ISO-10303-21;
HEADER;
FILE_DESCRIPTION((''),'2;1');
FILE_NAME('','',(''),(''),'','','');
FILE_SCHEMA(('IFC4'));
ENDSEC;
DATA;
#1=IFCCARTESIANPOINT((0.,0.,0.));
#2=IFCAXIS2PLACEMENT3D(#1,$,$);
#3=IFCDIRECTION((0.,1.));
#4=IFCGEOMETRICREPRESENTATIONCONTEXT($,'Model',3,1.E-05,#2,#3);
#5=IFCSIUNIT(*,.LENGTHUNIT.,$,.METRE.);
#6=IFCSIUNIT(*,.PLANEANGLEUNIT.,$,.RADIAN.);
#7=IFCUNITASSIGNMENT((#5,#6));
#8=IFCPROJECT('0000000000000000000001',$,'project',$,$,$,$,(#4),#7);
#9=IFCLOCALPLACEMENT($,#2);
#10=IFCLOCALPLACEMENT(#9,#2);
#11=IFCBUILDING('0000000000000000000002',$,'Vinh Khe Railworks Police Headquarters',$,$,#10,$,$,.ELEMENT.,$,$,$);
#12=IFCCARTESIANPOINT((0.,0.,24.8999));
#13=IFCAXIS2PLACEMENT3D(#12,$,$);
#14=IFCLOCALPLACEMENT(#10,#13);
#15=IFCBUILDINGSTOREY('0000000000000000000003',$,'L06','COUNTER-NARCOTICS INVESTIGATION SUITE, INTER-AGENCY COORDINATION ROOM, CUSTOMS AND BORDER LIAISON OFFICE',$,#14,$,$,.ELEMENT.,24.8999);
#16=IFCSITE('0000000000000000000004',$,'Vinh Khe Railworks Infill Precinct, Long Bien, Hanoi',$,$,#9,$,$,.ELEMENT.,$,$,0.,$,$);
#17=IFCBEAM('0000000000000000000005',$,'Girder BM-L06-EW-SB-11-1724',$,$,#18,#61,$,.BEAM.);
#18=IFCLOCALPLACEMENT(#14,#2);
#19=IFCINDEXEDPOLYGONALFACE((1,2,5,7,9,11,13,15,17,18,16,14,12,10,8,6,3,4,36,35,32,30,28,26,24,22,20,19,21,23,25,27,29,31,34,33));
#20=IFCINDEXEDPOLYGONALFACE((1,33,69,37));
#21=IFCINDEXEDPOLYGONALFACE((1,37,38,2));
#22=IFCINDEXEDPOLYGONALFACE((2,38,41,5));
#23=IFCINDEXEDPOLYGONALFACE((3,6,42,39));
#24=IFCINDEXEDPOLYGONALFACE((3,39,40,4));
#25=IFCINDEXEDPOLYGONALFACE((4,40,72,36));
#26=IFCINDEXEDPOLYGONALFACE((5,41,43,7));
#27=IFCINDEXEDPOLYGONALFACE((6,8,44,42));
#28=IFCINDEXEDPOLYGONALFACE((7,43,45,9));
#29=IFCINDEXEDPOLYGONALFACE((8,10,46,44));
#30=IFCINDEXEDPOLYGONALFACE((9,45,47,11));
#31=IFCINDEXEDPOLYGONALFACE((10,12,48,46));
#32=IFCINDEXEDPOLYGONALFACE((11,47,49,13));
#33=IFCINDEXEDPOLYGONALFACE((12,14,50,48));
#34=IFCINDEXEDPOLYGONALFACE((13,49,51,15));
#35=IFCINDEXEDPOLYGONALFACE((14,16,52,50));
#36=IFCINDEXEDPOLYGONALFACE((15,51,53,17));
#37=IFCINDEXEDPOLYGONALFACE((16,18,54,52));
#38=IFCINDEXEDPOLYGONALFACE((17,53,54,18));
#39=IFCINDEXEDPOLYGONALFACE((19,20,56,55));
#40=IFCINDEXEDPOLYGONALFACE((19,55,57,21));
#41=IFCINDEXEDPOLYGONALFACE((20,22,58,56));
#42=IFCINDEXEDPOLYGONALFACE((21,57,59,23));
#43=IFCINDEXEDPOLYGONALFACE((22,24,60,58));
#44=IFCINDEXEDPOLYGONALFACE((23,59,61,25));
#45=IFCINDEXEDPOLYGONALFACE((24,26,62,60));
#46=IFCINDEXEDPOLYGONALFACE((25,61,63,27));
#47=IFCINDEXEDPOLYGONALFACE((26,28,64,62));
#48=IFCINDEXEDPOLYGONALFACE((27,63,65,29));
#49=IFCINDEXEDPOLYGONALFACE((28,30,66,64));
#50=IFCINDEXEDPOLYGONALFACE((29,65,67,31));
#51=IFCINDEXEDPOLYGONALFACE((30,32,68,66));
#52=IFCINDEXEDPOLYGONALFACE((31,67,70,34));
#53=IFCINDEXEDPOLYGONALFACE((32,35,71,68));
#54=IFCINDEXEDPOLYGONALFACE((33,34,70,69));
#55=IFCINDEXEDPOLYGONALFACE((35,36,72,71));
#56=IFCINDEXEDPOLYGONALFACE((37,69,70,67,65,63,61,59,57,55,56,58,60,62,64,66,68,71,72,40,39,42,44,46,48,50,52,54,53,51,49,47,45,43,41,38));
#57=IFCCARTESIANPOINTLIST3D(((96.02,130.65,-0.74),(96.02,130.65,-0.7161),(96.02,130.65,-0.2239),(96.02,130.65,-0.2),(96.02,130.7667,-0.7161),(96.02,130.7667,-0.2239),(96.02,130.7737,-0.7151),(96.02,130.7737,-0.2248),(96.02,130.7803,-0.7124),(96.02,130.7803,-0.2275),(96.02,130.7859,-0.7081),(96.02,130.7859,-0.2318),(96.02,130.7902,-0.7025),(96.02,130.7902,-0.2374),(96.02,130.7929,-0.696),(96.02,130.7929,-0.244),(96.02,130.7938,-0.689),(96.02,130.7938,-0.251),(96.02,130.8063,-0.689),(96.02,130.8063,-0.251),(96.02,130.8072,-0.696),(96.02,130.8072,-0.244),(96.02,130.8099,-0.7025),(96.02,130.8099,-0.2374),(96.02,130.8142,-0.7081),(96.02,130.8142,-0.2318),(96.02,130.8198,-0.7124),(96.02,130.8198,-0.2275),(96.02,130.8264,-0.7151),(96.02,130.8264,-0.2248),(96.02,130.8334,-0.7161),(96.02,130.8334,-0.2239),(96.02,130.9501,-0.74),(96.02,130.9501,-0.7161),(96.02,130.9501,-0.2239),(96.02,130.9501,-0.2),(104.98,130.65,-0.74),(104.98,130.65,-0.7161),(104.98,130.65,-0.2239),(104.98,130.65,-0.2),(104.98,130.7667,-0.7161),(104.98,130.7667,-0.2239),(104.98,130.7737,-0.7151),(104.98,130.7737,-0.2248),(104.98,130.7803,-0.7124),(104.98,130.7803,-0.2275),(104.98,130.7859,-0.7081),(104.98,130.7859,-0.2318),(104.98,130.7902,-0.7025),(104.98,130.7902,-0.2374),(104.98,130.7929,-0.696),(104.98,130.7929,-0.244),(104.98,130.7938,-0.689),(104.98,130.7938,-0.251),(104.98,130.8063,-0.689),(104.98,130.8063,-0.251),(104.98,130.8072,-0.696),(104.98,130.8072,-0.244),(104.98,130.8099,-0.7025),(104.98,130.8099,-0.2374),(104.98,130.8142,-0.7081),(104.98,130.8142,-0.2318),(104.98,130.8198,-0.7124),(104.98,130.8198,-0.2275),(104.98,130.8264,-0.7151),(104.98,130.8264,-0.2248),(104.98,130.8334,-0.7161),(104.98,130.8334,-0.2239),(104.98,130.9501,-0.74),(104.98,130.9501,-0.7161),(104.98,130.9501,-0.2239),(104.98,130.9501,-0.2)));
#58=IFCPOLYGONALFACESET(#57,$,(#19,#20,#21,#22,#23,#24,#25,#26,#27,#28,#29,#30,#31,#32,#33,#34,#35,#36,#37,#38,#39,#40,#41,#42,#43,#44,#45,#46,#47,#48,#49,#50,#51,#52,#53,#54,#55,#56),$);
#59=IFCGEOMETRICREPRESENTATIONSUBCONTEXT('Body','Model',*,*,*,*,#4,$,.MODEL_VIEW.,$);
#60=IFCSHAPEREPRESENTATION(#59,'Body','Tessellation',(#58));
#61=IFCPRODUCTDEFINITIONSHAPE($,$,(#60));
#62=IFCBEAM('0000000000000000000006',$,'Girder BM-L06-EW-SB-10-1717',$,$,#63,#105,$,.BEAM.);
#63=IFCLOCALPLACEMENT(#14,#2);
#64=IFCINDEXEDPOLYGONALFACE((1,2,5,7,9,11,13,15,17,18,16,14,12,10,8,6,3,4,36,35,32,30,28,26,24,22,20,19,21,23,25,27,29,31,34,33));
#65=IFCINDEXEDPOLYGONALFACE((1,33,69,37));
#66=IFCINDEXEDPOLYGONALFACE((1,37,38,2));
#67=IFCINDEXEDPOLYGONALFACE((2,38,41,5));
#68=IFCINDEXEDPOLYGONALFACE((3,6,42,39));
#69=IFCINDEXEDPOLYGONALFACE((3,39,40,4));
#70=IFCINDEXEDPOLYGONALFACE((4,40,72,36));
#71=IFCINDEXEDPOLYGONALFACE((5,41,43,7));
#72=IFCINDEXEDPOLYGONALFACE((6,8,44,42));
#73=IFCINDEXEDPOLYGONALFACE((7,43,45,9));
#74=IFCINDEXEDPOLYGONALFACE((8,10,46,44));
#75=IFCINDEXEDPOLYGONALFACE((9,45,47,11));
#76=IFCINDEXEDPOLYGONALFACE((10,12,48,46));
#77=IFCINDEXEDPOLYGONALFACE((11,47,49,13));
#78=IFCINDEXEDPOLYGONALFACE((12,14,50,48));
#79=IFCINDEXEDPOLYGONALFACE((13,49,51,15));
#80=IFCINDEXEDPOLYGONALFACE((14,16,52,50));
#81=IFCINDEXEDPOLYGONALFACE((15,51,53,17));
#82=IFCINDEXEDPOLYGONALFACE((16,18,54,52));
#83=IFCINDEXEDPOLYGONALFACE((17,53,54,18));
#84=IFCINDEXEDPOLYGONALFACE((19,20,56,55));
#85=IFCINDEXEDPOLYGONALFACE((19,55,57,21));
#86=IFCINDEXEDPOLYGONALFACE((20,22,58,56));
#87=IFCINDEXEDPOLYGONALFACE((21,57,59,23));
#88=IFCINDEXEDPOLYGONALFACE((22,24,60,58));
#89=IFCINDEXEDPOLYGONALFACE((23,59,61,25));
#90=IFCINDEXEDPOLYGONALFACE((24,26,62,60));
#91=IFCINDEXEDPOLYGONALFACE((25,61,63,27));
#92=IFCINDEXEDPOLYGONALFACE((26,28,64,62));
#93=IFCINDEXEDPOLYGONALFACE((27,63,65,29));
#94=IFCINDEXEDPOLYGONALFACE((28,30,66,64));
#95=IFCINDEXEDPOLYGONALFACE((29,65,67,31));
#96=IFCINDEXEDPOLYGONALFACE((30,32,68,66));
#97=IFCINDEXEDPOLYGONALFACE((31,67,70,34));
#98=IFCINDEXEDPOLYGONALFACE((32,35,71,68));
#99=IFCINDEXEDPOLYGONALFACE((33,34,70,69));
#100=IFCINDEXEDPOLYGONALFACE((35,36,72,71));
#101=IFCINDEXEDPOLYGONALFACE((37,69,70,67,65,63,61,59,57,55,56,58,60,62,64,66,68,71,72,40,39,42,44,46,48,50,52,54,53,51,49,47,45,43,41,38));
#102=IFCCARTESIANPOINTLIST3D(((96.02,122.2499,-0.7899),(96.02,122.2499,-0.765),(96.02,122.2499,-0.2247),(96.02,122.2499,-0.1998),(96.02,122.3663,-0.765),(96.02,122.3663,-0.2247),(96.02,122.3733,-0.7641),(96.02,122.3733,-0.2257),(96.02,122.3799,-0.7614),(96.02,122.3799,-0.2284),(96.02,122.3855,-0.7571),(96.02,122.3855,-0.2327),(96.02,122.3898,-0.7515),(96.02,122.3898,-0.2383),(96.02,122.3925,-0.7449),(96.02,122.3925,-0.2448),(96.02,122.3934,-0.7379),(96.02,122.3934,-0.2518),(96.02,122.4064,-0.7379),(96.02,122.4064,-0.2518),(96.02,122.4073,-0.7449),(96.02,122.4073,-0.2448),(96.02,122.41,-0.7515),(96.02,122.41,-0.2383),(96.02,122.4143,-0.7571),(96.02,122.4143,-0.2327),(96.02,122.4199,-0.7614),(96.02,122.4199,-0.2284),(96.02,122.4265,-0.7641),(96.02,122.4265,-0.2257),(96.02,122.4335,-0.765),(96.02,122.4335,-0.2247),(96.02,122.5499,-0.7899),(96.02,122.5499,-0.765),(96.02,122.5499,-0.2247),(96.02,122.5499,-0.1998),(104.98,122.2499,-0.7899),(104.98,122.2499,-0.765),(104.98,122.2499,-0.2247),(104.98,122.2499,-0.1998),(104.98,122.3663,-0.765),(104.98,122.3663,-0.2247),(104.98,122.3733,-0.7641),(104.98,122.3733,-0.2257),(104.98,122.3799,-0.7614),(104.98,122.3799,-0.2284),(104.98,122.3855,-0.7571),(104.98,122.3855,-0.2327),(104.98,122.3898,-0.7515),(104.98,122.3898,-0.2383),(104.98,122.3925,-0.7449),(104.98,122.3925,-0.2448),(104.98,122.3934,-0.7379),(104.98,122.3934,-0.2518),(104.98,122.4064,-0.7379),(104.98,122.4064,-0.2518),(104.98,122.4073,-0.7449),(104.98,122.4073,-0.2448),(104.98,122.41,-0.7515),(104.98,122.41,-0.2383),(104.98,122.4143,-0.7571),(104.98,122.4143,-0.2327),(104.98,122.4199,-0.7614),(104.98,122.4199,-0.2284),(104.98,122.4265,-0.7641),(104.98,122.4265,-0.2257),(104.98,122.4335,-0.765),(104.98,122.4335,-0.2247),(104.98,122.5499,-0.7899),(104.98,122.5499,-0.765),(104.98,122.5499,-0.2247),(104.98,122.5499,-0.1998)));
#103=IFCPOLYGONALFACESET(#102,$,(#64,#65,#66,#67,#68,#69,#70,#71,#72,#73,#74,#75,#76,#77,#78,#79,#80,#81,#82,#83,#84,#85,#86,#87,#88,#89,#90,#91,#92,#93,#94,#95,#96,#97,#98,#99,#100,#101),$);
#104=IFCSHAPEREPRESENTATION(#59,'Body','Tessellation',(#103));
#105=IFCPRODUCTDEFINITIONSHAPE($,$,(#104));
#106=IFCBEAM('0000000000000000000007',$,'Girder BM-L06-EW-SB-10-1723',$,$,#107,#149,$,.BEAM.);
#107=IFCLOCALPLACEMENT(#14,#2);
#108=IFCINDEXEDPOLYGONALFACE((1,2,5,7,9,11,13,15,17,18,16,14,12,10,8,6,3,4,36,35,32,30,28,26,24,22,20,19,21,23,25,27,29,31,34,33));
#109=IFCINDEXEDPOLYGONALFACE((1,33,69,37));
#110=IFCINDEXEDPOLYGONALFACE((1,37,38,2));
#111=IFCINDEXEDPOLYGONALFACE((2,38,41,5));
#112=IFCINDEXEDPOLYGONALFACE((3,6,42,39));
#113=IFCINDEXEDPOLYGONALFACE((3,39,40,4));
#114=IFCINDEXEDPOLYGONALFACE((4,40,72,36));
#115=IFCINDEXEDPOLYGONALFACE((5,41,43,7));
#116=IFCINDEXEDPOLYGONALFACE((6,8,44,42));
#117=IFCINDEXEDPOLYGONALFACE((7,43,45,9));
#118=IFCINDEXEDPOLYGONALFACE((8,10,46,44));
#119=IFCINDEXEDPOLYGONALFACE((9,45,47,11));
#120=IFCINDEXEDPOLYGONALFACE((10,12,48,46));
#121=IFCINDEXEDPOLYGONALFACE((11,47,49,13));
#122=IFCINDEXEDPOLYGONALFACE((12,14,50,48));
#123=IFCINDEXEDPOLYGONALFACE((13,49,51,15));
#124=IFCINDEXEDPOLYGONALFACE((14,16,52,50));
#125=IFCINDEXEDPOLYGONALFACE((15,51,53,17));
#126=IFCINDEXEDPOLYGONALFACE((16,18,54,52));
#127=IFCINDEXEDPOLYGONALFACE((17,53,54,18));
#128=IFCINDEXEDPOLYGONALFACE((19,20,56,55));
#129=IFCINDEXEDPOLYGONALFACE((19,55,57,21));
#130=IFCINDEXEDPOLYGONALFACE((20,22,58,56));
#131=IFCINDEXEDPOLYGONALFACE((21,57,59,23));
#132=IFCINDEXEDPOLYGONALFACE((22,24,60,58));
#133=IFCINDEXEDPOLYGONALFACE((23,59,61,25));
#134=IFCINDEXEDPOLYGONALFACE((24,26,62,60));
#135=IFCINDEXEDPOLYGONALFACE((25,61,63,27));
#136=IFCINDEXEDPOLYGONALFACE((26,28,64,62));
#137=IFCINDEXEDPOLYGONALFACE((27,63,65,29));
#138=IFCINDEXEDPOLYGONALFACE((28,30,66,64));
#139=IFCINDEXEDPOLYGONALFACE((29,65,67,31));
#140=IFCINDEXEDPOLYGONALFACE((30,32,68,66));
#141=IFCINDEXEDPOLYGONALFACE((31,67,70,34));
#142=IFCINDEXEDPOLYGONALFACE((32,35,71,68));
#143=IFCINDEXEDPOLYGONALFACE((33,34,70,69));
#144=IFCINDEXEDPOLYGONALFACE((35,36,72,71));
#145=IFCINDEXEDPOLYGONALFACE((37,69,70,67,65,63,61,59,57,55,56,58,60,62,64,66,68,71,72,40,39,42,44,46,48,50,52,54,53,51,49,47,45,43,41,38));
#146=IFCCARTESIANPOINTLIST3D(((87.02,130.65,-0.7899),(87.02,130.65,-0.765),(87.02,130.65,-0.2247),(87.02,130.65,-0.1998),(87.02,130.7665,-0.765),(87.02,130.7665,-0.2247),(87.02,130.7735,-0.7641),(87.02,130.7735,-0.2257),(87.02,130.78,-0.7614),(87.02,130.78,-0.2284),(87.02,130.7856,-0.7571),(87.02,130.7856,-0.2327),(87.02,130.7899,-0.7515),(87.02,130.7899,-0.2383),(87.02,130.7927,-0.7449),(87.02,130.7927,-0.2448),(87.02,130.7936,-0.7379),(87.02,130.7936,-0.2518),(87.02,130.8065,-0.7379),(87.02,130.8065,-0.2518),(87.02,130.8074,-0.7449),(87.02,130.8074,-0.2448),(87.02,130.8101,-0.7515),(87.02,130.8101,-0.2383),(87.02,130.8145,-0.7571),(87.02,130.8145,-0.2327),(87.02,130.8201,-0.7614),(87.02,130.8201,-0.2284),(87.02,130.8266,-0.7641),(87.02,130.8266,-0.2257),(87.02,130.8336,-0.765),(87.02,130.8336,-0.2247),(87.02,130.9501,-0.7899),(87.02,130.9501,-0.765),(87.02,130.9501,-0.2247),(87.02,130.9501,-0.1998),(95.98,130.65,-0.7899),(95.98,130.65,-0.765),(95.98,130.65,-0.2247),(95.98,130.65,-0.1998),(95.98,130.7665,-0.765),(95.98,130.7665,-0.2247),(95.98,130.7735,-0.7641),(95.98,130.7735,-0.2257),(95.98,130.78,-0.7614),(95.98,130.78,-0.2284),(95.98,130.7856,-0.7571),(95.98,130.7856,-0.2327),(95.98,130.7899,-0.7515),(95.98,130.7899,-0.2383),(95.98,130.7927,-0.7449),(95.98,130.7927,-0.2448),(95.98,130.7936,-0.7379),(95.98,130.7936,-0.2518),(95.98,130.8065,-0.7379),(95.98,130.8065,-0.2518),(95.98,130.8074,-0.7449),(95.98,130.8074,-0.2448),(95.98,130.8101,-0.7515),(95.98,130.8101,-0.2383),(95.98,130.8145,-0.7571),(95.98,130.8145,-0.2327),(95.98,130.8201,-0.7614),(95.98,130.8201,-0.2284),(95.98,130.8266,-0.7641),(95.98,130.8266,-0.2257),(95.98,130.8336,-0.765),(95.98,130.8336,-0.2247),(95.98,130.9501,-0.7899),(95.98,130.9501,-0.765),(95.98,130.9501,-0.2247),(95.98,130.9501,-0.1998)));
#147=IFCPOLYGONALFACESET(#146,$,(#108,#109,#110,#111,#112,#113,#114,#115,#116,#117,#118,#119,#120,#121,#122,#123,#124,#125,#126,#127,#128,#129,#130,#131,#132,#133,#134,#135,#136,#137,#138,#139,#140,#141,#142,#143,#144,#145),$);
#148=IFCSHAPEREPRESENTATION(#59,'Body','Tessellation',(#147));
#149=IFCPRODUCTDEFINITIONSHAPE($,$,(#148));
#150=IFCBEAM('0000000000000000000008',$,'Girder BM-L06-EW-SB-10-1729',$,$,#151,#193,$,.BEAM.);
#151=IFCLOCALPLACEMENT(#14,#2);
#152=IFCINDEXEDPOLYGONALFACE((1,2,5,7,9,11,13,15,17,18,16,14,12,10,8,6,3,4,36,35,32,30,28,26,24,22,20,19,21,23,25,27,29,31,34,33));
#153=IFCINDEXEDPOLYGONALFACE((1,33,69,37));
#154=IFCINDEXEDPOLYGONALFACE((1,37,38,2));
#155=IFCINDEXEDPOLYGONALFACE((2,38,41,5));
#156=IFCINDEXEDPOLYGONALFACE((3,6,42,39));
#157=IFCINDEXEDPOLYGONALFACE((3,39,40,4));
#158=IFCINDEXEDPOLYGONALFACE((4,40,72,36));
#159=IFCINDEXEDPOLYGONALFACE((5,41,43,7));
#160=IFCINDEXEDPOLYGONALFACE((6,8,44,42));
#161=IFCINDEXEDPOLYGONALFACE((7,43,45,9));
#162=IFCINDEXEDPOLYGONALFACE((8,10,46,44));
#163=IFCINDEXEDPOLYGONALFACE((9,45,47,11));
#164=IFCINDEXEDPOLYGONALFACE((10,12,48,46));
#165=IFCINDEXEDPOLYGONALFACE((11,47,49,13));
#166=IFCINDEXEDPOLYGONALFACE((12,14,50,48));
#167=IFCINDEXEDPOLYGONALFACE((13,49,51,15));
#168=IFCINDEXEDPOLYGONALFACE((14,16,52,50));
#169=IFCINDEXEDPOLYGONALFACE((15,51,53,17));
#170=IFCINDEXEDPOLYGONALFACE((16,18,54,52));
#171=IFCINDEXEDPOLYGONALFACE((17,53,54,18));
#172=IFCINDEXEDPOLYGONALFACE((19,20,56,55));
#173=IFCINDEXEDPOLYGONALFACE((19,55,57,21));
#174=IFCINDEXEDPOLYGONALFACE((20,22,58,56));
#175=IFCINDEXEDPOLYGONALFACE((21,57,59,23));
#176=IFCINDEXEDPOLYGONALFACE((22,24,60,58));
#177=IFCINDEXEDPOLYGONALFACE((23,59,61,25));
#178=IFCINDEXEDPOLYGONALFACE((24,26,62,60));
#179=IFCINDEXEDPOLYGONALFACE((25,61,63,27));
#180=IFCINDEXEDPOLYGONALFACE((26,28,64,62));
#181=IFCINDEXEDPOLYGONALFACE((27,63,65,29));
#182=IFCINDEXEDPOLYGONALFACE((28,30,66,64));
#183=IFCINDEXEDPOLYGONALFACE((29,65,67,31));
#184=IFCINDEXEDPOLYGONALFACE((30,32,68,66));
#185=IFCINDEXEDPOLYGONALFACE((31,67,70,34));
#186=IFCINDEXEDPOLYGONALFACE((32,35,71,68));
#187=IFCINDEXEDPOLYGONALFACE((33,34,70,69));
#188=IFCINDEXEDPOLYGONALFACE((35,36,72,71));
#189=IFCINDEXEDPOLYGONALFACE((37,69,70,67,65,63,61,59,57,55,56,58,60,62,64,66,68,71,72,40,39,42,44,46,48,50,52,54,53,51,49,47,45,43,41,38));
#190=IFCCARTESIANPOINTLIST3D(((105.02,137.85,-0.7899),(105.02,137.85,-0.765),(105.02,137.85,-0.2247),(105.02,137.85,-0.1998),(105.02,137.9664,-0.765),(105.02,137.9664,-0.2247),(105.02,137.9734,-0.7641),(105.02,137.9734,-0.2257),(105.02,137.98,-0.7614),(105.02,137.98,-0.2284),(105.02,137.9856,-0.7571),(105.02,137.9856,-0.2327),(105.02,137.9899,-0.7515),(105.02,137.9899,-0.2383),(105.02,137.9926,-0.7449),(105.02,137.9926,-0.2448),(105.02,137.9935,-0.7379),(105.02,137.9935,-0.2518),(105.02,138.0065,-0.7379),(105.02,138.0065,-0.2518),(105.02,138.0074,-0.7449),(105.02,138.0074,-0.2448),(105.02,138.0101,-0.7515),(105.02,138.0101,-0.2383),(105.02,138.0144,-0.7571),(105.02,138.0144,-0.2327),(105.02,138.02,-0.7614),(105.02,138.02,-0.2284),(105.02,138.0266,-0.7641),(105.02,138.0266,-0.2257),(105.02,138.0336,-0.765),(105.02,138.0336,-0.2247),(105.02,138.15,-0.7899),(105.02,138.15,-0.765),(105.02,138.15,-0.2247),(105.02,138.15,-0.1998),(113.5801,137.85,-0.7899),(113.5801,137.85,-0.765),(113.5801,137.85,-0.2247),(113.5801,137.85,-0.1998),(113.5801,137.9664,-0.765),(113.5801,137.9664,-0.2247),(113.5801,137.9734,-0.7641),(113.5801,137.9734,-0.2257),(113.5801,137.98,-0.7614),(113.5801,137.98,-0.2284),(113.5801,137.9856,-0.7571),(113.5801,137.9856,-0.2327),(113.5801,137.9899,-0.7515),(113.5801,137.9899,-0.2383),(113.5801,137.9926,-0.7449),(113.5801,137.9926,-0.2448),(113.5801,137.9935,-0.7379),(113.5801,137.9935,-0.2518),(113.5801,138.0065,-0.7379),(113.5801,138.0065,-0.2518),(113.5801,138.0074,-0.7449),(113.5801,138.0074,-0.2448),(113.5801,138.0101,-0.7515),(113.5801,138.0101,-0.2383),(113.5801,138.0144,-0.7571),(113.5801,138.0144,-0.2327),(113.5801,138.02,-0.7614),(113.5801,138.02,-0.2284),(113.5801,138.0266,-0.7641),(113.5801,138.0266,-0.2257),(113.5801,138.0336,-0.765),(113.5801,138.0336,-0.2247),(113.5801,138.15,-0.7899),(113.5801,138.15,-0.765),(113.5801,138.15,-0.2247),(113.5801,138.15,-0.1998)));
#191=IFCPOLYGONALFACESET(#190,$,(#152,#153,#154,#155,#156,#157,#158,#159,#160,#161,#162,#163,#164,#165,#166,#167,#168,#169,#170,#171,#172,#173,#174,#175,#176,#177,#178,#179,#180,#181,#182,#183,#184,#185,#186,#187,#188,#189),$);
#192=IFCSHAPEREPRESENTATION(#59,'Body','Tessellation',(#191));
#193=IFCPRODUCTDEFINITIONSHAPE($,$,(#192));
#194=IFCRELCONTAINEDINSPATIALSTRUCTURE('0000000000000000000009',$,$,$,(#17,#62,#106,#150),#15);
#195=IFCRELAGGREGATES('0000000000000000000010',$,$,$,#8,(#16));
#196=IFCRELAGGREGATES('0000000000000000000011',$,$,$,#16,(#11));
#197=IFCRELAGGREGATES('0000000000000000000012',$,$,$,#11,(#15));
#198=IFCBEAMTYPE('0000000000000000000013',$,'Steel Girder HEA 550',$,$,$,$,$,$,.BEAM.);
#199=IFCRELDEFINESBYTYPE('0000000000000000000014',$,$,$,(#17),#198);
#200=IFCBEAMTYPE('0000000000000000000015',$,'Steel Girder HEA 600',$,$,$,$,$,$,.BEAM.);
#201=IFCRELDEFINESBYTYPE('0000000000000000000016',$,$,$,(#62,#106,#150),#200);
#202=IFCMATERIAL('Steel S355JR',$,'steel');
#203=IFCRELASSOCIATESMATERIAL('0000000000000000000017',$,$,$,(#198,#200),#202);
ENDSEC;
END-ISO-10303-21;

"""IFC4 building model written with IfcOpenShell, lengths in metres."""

from ifc_helpers import new_model, si_unit, direction, frame, origin, origin_2d, place, context, subcontext, project, spatial, i_section, extrude, material, material_profile, profile_set, type_object, element, save


model = new_model("IFC4")

# Units and contexts
model_context = context("Model", 3, precision=1e-05, world=origin(), true_north=direction((0.0, 1.0)))
body_context = subcontext(model_context, "Body", "Model", "MODEL_VIEW")
ifc_project = project(units=[si_unit("LENGTHUNIT", "METRE"), si_unit("PLANEANGLEUNIT", "RADIAN")], contexts=[model_context])

# Site, building, storey
site_placement = place(None, origin())
site = spatial("IfcSite", under=ifc_project, at=site_placement, Name="Vinh Khe Railworks Infill Precinct, Long Bien, Hanoi", CompositionType="ELEMENT", RefElevation=0.0)
building_placement = place(site_placement, origin())
building = spatial("IfcBuilding", under=site, at=building_placement, Name="Vinh Khe Railworks Police Headquarters", CompositionType="ELEMENT")
storey_placement = place(building_placement, frame((0.0, 0.0, 24.8999)))
storey = spatial("IfcBuildingStorey", under=building, at=storey_placement, Name="L06", Description="COUNTER-NARCOTICS INVESTIGATION SUITE, INTER-AGENCY COORDINATION ROOM, CUSTOMS AND BORDER LIAISON OFFICE", CompositionType="ELEMENT", Elevation=24.8999)

# Beams
ifc_material_1 = material(Name="Steel S355JR", Category="steel")
ifc_material_profile_1 = material_profile(ifc_material_1, i_section(OverallWidth=0.3, OverallDepth=0.54, WebThickness=0.0125, FlangeThickness=0.0239, FilletRadius=0.0271, at=origin_2d()), Name="HEA 550")
ifc_profile_set_1 = profile_set([ifc_material_profile_1], Name="Steel S355JR")
beam_type_1 = type_object("IfcBeamType", Name="Steel Girder HEA 550", PredefinedType="BEAM", material=ifc_profile_set_1)
beam_1_placement = place(storey_placement, frame((96.02, 130.8, -0.47), z_axis=(1.0, 0.0, 0.0), x_axis=(0.0, 1.0, 0.0)))
element("IfcBeam", 1, at=beam_1_placement, inside=storey, type_object=beam_type_1, Name="Girder BM-L06-EW-SB-11-1724", PredefinedType="BEAM", context=body_context, shape_type="SweptSolid", body=[
    extrude(i_section(OverallWidth=0.3, OverallDepth=0.54, WebThickness=0.0125, FlangeThickness=0.0239, FilletRadius=0.0271, at=origin_2d()), origin(), (0.0, 0.0, 1.0), 8.96),
])
ifc_material_profile_2 = material_profile(ifc_material_1, i_section(OverallWidth=0.3, OverallDepth=0.5901, WebThickness=0.0129, FlangeThickness=0.0249, FilletRadius=0.0271, at=origin_2d()), Name="HEA 600")
ifc_profile_set_2 = profile_set([ifc_material_profile_2], Name="Steel S355JR")
beam_type_2 = type_object("IfcBeamType", Name="Steel Girder HEA 600", PredefinedType="BEAM", material=ifc_profile_set_2)
for number, where, z_axis, x_axis, name in (
    (2, (96.02, 122.3999, -0.4949), (1.0, 0.0, 0.0), (0.0, 1.0, 0.0), "Girder BM-L06-EW-SB-10-1717"),
    (3, (87.02, 130.8, -0.4949), (1.0, 0.0, 0.0), (0.0, 1.0, 0.0), "Girder BM-L06-EW-SB-10-1723"),
):
    element("IfcBeam", number, at=place(storey_placement, frame(where, z_axis=z_axis, x_axis=x_axis)), inside=storey, type_object=beam_type_2, Name=name, PredefinedType="BEAM", context=body_context, shape_type="SweptSolid", body=[
        extrude(i_section(OverallWidth=0.3, OverallDepth=0.5901, WebThickness=0.0129, FlangeThickness=0.0249, FilletRadius=0.0271, at=origin_2d()), origin(), (0.0, 0.0, 1.0), 8.96),
    ])
beam_2_placement = place(storey_placement, frame((105.02, 138.0, -0.4949), z_axis=(1.0, 0.0, 0.0), x_axis=(0.0, 1.0, 0.0)))
element("IfcBeam", 4, at=beam_2_placement, inside=storey, type_object=beam_type_2, Name="Girder BM-L06-EW-SB-10-1729", PredefinedType="BEAM", context=body_context, shape_type="SweptSolid", body=[
    extrude(i_section(OverallWidth=0.3, OverallDepth=0.5901, WebThickness=0.0129, FlangeThickness=0.0249, FilletRadius=0.0271, at=origin_2d()), origin(), (0.0, 0.0, 1.0), 8.5601),
])

save(model, "model.ifc")
